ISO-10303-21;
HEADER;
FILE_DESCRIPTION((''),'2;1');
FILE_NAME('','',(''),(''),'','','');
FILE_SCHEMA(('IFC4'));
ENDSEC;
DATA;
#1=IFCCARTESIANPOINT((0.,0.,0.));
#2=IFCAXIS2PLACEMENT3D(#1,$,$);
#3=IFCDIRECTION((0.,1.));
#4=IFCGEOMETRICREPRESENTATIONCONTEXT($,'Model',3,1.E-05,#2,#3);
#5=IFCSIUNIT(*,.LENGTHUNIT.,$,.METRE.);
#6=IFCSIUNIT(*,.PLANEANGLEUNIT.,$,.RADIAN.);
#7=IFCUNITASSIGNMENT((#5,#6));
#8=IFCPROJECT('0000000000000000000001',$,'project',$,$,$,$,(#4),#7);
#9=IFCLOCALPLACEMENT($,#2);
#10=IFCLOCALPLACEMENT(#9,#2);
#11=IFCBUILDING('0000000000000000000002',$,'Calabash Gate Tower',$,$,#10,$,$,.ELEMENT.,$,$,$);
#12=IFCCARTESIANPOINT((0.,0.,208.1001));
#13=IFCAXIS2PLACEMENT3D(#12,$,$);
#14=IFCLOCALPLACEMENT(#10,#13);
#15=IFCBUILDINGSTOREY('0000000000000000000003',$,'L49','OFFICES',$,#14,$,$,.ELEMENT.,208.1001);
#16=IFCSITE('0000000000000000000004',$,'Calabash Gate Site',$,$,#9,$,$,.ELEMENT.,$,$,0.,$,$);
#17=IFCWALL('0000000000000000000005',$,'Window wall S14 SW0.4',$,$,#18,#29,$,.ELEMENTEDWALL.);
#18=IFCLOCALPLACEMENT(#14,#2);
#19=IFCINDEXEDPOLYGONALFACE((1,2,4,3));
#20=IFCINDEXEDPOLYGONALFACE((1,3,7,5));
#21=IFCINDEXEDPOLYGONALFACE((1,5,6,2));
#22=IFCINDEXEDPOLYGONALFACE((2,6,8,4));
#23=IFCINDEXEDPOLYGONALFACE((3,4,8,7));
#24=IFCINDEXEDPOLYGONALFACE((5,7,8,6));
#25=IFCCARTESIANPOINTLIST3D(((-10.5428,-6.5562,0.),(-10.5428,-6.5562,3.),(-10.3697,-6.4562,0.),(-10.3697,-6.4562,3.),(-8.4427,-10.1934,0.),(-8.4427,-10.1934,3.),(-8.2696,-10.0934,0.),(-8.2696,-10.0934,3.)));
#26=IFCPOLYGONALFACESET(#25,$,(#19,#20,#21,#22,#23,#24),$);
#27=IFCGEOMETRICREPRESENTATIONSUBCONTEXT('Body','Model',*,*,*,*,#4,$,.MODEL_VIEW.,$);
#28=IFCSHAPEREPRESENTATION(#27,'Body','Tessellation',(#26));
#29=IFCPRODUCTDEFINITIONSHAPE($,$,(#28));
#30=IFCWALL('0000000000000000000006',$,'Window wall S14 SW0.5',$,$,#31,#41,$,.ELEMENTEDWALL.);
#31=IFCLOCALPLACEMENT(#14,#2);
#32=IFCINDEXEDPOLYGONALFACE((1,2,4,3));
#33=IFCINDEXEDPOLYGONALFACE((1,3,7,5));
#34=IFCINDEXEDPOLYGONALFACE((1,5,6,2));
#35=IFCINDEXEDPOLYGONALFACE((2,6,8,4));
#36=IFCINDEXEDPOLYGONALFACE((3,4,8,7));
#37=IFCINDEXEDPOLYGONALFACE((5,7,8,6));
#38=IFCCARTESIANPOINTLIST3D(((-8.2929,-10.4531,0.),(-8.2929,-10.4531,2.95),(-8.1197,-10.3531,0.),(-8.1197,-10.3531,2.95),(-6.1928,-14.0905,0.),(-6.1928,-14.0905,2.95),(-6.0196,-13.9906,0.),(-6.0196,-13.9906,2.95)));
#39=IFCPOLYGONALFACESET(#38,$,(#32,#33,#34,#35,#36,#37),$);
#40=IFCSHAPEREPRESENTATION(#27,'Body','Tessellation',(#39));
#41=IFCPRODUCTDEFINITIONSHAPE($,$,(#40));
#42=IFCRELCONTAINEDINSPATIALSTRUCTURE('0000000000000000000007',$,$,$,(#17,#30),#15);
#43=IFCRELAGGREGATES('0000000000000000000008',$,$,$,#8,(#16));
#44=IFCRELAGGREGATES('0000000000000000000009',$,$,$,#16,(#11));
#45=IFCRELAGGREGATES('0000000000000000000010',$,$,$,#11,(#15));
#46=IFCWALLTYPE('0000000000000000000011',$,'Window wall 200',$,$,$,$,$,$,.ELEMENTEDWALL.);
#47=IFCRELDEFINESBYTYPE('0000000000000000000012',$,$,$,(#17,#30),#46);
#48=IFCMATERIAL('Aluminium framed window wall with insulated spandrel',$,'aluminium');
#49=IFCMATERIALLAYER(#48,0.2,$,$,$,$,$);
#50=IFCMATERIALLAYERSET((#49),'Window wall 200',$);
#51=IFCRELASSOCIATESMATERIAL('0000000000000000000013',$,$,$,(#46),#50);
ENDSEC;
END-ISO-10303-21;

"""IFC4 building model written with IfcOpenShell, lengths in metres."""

from ifc_helpers import new_model, si_unit, direction, frame, frame_2d, origin, place, context, subcontext, project, spatial, rectangle, extrude, material, layer, layer_set, type_object, element, save


model = new_model("IFC4")

# Units and contexts
model_context = context("Model", 3, precision=1e-05, world=origin(), true_north=direction((0.0, 1.0)))
body_context = subcontext(model_context, "Body", "Model", "MODEL_VIEW")
ifc_project = project(units=[si_unit("LENGTHUNIT", "METRE"), si_unit("PLANEANGLEUNIT", "RADIAN")], contexts=[model_context])

# Site, building, storey
site_placement = place(None, origin())
site = spatial("IfcSite", under=ifc_project, at=site_placement, Name="Calabash Gate Site", CompositionType="ELEMENT", RefElevation=0.0)
building_placement = place(site_placement, origin())
building = spatial("IfcBuilding", under=site, at=building_placement, Name="Calabash Gate Tower", CompositionType="ELEMENT")
storey_placement = place(building_placement, frame((0.0, 0.0, 208.1001)))
storey = spatial("IfcBuildingStorey", under=building, at=storey_placement, Name="L49", Description="OFFICES", CompositionType="ELEMENT", Elevation=208.1001)

# Walls
ifc_material_1 = material(Name="Aluminium framed window wall with insulated spandrel", Category="aluminium")
ifc_layer_1 = layer(ifc_material_1, 0.2)
ifc_layer_set_1 = layer_set([ifc_layer_1], Name="Window wall 200")
wall_type_1 = type_object("IfcWallType", Name="Window wall 200", PredefinedType="ELEMENTEDWALL", material=ifc_layer_set_1)
wall_1_placement = place(storey_placement, frame((-10.4563, -6.5061, 0.0), z_axis=(0.0, 0.0, 1.0), x_axis=(0.500028, -0.866009, 0.0)))
element("IfcWall", 1, at=wall_1_placement, inside=storey, type_object=wall_type_1, Name="Window wall S14 SW0.4", PredefinedType="ELEMENTEDWALL", context=body_context, shape_type="SweptSolid", body=[
    extrude(rectangle(XDim=4.2, YDim=0.2, at=frame_2d((2.1001, 0.0))), origin(), (0.0, 0.0, 1.0), 3.0),
])
wall_2_placement = place(storey_placement, frame((-8.2063, -10.4031, 0.0), z_axis=(0.0, 0.0, 1.0), x_axis=(0.500003, -0.866024, 0.0)))
element("IfcWall", 2, at=wall_2_placement, inside=storey, type_object=wall_type_1, Name="Window wall S14 SW0.5", PredefinedType="ELEMENTEDWALL", context=body_context, shape_type="SweptSolid", body=[
    extrude(rectangle(XDim=4.2002, YDim=0.2, at=frame_2d((2.1001, 0.0))), origin(), (0.0, 0.0, 1.0), 2.95),
])

save(model, "model.ifc")
